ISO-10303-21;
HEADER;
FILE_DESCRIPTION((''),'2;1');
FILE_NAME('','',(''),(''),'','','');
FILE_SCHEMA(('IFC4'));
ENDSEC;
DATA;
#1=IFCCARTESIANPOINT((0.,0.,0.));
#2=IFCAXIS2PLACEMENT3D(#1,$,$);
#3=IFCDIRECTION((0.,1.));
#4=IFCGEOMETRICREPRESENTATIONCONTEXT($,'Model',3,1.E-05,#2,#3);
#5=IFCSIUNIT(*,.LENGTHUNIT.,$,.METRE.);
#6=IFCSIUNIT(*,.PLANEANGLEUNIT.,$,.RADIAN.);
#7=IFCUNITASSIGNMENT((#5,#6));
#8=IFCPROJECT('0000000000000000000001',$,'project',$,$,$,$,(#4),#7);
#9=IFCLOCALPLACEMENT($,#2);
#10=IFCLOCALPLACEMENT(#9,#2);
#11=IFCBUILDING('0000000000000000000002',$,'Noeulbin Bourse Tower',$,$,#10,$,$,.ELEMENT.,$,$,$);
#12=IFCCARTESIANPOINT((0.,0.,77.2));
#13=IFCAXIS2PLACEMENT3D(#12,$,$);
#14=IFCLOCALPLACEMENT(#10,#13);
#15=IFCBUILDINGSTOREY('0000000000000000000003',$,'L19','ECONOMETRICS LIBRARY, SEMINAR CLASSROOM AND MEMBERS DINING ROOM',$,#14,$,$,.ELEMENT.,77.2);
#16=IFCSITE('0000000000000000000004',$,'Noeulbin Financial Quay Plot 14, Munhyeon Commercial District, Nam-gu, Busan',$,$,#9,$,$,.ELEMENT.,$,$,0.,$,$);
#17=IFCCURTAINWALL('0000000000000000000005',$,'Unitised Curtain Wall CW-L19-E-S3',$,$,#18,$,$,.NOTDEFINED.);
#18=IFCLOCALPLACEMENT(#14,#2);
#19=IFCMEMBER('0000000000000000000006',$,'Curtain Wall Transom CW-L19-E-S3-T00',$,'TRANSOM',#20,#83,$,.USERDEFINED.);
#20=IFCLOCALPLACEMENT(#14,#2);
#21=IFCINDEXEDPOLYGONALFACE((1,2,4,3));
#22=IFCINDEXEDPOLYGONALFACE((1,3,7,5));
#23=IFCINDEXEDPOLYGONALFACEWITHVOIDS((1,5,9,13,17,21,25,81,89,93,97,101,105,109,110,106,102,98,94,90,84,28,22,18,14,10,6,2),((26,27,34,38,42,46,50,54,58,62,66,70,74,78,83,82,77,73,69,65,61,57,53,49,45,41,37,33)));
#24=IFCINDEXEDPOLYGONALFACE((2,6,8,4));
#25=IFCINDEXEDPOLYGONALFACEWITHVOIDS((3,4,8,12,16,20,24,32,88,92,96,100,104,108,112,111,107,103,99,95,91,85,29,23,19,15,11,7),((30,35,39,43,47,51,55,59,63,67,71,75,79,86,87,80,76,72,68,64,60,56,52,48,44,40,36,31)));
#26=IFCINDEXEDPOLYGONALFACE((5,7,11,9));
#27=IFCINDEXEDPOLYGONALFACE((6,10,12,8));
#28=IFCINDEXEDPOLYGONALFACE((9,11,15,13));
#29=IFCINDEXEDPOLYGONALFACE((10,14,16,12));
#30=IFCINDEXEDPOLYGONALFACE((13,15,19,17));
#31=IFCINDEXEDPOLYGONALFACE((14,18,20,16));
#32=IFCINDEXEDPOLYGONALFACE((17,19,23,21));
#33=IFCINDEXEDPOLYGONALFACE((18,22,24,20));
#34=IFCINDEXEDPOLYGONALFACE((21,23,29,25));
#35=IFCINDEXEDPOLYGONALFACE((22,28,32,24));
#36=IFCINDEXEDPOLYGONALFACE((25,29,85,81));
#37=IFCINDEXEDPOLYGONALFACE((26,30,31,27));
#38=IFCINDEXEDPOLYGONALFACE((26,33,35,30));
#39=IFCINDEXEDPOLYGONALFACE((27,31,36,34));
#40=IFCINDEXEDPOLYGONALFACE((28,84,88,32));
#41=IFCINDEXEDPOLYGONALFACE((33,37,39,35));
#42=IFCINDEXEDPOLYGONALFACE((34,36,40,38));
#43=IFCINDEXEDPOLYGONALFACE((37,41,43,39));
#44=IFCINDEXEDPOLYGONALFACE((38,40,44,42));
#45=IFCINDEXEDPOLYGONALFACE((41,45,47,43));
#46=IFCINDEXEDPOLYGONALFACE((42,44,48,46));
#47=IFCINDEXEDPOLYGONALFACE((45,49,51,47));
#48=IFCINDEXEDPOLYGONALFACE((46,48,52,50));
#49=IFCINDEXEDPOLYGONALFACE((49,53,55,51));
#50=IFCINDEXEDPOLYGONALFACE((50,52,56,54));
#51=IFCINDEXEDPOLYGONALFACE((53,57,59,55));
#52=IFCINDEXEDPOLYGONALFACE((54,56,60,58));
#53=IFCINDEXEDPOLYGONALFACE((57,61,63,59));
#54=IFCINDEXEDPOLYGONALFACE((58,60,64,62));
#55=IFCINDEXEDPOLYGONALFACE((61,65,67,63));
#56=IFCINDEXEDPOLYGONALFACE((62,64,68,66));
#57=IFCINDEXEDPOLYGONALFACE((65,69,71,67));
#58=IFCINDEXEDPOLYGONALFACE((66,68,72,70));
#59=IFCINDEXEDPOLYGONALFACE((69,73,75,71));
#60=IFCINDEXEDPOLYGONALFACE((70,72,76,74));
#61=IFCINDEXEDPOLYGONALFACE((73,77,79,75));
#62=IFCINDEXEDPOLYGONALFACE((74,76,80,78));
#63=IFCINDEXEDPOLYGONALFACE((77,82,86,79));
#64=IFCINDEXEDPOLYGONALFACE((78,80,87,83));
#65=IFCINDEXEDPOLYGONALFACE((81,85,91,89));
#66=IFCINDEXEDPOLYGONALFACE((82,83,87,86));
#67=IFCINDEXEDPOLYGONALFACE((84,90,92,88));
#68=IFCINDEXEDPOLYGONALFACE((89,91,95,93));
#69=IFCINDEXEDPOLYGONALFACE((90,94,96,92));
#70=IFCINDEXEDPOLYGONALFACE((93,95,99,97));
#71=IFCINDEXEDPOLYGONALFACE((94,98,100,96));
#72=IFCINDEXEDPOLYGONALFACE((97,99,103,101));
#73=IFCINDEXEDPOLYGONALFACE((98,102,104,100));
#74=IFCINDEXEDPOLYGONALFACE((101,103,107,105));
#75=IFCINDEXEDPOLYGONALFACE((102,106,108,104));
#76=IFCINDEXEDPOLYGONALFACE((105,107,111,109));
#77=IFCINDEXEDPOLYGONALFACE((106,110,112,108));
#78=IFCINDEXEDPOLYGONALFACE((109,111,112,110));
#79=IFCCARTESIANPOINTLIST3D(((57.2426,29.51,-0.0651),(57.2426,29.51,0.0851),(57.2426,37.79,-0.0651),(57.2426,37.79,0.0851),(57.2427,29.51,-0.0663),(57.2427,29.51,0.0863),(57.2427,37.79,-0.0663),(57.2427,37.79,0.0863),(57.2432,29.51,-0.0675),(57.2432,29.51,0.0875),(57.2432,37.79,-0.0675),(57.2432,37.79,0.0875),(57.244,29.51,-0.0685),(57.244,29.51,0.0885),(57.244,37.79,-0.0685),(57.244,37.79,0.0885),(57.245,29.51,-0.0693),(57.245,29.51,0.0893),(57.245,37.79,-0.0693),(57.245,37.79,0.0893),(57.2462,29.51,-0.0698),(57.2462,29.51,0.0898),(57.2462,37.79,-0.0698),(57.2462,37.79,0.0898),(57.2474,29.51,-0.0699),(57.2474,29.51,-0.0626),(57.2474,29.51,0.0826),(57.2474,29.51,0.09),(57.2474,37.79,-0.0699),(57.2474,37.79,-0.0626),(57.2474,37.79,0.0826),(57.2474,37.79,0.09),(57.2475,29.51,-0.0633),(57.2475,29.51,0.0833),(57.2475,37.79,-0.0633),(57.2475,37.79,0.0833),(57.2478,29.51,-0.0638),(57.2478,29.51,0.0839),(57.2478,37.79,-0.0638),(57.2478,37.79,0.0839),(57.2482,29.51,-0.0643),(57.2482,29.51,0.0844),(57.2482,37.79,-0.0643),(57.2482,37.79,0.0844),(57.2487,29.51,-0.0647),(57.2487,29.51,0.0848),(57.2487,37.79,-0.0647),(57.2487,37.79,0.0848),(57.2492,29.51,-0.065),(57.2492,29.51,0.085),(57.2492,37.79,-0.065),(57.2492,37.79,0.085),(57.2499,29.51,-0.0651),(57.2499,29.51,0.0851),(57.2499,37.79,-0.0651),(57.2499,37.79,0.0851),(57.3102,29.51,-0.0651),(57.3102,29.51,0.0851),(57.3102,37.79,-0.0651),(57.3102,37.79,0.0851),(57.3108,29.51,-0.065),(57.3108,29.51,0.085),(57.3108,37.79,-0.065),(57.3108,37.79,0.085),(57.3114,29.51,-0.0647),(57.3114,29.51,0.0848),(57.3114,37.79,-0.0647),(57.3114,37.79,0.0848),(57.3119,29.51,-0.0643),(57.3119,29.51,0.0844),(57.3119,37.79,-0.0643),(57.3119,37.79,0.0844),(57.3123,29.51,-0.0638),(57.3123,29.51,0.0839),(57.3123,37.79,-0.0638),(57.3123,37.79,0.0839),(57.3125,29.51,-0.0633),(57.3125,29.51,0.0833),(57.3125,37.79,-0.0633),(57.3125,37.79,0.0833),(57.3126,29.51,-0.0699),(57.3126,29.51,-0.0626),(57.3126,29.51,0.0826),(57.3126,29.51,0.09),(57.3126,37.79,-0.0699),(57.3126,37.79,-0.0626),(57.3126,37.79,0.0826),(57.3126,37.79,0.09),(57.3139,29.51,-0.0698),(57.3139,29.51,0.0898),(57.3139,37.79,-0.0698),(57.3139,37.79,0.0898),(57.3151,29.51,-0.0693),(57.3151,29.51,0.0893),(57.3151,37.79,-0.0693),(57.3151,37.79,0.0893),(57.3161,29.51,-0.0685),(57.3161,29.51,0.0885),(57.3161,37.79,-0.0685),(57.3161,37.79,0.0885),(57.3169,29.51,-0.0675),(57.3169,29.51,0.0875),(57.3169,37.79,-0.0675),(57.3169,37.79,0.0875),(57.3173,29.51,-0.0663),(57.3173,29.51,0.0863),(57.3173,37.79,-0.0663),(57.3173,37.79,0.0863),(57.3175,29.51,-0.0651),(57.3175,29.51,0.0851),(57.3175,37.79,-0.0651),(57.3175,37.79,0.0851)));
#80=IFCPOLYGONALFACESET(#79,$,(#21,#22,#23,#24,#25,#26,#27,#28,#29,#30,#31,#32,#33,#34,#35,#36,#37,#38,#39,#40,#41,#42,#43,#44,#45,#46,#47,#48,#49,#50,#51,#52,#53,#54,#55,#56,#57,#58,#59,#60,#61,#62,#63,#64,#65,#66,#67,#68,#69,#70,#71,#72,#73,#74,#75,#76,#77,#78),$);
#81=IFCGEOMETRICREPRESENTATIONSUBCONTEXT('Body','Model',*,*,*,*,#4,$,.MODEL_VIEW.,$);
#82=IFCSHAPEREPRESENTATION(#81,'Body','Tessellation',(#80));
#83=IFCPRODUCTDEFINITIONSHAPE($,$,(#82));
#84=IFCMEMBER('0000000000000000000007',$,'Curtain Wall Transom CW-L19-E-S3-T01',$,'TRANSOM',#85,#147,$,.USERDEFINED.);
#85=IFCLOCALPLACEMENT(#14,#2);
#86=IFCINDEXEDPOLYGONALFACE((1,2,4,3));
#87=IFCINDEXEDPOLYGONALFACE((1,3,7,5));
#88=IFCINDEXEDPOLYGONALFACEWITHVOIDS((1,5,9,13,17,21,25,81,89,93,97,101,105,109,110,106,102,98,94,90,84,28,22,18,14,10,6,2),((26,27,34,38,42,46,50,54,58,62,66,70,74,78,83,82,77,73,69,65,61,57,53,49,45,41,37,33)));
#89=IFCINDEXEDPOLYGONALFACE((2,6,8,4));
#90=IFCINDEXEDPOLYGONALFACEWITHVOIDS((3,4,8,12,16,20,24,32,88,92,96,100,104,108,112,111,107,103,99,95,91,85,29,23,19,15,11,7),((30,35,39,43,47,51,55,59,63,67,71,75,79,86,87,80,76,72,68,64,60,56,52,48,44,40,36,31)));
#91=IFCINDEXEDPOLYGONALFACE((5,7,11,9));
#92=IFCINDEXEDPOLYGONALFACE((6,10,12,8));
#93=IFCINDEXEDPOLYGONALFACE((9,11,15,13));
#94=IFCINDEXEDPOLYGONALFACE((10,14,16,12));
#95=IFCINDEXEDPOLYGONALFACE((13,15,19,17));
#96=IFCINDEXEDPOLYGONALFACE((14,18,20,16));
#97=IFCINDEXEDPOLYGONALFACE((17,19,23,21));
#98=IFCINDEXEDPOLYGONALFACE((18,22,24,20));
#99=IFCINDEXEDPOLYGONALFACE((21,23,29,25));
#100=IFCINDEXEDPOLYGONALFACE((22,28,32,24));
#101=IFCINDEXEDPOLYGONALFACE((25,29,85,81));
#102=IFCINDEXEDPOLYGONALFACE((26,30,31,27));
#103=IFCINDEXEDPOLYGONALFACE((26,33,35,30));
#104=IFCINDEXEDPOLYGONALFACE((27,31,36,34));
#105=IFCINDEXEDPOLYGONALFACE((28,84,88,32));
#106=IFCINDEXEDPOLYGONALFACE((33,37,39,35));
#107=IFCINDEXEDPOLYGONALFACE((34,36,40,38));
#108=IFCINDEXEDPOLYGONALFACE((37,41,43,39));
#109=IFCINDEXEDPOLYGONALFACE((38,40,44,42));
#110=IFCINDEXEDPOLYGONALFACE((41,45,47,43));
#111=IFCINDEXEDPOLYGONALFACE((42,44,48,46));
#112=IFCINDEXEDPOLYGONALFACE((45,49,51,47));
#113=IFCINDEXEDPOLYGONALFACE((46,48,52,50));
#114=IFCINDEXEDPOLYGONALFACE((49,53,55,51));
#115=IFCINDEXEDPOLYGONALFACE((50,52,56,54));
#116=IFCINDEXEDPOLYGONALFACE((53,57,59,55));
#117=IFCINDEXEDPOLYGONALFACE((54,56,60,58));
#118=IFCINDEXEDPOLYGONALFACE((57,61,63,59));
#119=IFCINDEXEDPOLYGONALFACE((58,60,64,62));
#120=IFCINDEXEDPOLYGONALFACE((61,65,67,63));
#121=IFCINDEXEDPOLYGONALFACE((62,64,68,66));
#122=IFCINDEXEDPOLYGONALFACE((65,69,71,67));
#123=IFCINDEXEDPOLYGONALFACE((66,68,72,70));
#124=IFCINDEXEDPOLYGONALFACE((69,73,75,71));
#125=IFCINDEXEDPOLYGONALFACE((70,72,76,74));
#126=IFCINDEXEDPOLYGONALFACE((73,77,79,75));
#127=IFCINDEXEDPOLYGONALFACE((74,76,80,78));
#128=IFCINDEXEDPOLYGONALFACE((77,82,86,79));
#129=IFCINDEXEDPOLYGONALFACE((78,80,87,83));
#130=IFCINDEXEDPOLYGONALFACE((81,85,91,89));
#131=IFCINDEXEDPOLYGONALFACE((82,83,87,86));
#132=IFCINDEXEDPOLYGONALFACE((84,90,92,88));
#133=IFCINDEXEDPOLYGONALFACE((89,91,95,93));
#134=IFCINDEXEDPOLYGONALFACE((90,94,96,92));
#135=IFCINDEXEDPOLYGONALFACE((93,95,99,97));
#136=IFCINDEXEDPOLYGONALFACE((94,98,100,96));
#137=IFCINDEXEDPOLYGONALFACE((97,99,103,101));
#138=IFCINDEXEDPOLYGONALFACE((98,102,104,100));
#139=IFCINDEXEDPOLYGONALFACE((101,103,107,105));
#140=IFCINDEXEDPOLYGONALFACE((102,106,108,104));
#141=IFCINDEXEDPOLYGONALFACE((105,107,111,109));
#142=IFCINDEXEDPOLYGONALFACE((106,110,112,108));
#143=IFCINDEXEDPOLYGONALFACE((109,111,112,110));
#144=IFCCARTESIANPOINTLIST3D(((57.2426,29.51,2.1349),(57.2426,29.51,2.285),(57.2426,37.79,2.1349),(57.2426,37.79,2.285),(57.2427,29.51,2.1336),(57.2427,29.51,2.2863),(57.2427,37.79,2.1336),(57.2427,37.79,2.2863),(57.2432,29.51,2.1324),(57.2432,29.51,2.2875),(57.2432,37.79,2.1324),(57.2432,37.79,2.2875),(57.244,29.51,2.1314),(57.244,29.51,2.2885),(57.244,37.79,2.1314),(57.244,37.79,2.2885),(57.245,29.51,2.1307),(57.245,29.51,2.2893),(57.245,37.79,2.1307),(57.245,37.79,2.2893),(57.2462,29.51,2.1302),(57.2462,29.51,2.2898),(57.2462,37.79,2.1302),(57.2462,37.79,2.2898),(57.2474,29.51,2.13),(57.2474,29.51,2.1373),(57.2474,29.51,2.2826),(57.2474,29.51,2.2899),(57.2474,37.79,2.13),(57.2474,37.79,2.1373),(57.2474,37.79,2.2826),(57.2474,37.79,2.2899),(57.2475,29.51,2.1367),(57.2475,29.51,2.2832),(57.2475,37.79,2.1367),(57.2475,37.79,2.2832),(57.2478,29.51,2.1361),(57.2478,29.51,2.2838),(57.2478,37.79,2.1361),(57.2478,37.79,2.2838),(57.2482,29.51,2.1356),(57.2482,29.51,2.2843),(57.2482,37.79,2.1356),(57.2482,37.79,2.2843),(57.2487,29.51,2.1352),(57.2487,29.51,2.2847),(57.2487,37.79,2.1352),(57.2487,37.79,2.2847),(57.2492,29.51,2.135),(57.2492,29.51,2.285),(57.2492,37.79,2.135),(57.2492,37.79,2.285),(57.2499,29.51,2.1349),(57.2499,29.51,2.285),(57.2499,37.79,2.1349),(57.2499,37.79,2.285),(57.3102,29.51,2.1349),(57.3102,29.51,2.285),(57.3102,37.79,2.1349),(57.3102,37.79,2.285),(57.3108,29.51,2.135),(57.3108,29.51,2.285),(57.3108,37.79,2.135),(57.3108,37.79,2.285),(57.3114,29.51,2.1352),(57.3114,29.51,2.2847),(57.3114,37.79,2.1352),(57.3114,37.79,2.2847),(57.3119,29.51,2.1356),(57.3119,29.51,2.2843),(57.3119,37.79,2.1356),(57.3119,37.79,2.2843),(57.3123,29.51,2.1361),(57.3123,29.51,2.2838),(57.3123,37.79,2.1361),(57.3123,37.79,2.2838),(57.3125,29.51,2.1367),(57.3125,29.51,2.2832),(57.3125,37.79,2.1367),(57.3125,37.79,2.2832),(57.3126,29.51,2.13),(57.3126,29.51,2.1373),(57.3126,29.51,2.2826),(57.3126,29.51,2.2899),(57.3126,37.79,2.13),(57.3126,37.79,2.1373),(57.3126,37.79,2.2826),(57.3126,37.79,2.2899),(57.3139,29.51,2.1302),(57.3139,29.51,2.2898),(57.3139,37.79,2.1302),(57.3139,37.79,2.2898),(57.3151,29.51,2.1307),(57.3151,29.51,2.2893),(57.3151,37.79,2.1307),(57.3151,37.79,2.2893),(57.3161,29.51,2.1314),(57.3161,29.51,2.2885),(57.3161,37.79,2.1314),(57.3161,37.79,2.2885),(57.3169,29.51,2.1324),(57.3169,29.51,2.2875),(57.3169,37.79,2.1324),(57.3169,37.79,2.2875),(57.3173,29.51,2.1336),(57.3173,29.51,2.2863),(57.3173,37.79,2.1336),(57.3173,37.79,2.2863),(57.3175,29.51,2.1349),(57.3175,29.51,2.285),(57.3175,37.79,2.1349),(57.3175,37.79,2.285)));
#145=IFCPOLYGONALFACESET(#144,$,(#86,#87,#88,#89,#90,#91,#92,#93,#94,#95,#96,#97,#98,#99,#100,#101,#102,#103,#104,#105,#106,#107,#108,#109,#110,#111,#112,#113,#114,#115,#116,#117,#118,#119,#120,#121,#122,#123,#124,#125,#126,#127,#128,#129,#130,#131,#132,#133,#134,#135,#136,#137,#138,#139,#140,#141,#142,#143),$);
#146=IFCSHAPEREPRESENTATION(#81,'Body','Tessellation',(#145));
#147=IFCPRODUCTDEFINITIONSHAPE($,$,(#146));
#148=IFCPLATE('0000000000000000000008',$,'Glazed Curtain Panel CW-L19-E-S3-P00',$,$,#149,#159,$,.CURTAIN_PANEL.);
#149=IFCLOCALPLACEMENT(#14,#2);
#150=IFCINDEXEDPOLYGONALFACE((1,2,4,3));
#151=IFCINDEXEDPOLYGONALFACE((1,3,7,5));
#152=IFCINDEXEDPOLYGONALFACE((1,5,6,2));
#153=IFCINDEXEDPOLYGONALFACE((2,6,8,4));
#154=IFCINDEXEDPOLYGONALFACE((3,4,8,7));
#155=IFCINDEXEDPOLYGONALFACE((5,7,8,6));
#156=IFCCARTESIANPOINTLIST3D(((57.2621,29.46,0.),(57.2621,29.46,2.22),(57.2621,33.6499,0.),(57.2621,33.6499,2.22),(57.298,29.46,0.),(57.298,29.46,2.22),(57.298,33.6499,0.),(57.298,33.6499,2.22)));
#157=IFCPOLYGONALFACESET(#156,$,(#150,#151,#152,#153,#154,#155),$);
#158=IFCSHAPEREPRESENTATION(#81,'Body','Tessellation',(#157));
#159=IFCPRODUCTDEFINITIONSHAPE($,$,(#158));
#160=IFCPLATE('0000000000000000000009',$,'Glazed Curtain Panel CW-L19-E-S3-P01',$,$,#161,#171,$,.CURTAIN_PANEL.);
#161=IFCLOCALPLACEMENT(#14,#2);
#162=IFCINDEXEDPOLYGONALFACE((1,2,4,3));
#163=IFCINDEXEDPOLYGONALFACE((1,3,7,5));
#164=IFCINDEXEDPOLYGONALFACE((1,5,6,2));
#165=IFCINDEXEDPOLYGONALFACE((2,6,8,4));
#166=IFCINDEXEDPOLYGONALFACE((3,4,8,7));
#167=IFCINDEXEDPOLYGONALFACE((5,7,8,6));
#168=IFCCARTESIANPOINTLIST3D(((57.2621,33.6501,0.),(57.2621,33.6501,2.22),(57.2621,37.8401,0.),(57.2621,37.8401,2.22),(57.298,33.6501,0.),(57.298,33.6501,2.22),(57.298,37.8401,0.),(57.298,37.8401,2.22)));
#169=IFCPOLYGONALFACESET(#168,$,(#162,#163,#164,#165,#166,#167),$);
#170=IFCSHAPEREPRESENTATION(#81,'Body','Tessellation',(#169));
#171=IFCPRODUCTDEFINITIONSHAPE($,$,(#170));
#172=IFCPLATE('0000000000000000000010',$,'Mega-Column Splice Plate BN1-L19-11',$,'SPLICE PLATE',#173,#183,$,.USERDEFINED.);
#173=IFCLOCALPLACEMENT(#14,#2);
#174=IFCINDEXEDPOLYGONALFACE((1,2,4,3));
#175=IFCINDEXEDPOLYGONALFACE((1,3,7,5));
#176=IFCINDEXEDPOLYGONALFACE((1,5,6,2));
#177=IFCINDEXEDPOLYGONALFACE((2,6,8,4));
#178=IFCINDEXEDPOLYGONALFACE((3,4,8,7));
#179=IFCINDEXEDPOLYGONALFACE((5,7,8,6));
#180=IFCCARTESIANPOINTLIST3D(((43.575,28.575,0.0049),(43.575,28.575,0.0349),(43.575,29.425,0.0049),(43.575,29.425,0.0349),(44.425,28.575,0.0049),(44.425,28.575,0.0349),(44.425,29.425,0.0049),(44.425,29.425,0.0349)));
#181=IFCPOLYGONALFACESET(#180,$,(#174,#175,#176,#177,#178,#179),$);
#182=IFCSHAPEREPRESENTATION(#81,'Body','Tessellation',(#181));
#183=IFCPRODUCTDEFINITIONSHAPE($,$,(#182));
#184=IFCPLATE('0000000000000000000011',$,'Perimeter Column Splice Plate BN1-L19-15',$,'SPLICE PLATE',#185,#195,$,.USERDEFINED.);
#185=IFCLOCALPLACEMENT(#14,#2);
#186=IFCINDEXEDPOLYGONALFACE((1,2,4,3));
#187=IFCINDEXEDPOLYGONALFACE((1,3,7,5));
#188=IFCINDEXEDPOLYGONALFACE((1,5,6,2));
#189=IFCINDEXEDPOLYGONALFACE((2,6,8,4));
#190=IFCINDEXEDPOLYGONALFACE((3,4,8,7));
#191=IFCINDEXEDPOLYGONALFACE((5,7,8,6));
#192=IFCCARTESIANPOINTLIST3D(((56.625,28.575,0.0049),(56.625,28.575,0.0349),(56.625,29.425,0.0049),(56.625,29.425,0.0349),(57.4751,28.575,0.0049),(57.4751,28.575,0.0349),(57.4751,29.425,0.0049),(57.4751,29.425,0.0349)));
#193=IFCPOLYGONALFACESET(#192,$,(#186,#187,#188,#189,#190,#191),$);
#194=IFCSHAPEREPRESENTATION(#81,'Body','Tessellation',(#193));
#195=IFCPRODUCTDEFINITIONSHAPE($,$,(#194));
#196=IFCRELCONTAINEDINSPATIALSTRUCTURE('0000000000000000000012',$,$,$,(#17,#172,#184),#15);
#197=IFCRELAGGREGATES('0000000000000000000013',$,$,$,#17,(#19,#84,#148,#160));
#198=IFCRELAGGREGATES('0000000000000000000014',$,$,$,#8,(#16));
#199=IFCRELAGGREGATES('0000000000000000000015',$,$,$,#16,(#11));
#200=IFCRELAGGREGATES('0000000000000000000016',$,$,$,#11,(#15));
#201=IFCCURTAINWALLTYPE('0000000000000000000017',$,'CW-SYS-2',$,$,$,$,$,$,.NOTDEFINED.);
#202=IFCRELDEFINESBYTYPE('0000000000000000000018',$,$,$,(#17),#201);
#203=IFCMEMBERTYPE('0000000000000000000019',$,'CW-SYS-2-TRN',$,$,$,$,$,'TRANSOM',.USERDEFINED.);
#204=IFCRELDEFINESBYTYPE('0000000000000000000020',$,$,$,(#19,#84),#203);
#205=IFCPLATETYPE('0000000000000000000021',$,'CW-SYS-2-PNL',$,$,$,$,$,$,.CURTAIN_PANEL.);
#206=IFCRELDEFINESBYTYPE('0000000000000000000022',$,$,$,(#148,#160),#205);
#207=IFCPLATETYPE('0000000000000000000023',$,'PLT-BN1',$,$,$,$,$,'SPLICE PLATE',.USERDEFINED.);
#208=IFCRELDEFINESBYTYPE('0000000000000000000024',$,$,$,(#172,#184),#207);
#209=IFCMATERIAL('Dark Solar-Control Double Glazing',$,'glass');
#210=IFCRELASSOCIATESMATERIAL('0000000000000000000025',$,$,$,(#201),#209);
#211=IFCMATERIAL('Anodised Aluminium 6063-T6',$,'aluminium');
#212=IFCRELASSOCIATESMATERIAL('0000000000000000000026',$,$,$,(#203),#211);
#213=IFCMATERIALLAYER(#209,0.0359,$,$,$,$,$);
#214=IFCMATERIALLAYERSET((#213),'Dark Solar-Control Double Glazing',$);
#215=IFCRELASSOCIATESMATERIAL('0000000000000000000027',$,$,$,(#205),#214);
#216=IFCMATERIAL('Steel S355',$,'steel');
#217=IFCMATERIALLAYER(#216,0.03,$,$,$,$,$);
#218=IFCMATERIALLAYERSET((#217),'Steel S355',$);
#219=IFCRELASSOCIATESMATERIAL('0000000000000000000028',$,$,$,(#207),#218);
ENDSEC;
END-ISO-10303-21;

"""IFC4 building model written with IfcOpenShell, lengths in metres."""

from ifc_helpers import new_model, si_unit, direction, frame, origin, origin_2d, place, context, subcontext, project, spatial, rectangle, hollow_rectangle, extrude, material, layer, layer_set, material_profile, profile_set, type_object, element, aggregate, save


model = new_model("IFC4")

# Units and contexts
model_context = context("Model", 3, precision=1e-05, world=origin(), true_north=direction((0.0, 1.0)))
body_context = subcontext(model_context, "Body", "Model", "MODEL_VIEW")
ifc_project = project(units=[si_unit("LENGTHUNIT", "METRE"), si_unit("PLANEANGLEUNIT", "RADIAN")], contexts=[model_context])

# Site, building, storey
site_placement = place(None, origin())
site = spatial("IfcSite", under=ifc_project, at=site_placement, Name="Noeulbin Financial Quay Plot 14, Munhyeon Commercial District, Nam-gu, Busan", CompositionType="ELEMENT", RefElevation=0.0)
building_placement = place(site_placement, origin())
building = spatial("IfcBuilding", under=site, at=building_placement, Name="Noeulbin Bourse Tower", CompositionType="ELEMENT")
storey_placement = place(building_placement, frame((0.0, 0.0, 77.2)))
storey = spatial("IfcBuildingStorey", under=building, at=storey_placement, Name="L19", Description="ECONOMETRICS LIBRARY, SEMINAR CLASSROOM AND MEMBERS DINING ROOM", CompositionType="ELEMENT", Elevation=77.2)

# Shared definitions
ifc_material_1 = material(Name="Steel S355", Category="steel")

# Shared definitions
ifc_material_2 = material(Name="Dark Solar-Control Double Glazing", Category="glass")
curtain_wall_type = type_object("IfcCurtainWallType", Name="CW-SYS-2", PredefinedType="NOTDEFINED", material=ifc_material_2)
ifc_material_3 = material(Name="Anodised Aluminium 6063-T6", Category="aluminium")

# Curtain wall, members, plates
curtain_wall_1_placement = place(storey_placement, origin())
curtain_wall_1 = element("IfcCurtainWall", 1, at=curtain_wall_1_placement, inside=storey, type_object=curtain_wall_type, Name="Unitised Curtain Wall CW-L19-E-S3", PredefinedType="NOTDEFINED")
ifc_material_profile_1 = material_profile(ifc_material_3, hollow_rectangle(XDim=0.075, YDim=0.1599, WallThickness=0.0049, InnerFilletRadius=0.0024, OuterFilletRadius=0.0049, at=origin_2d()), Name="ALU-TRAN-75x160x5", Category="LoadBearing")
ifc_profile_set_1 = profile_set([ifc_material_profile_1], Name="Anodised Aluminium 6063-T6")
member_type_1 = type_object("IfcMemberType", Name="CW-SYS-2-TRN", ElementType="TRANSOM", PredefinedType="USERDEFINED", material=ifc_profile_set_1)
member_1_placement = place(storey_placement, frame((57.28, 29.51, 0.01), z_axis=(0.0, 1.0, 0.0), x_axis=(-1.0, 0.0, 0.0)))
member_1 = element("IfcMember", 2, at=member_1_placement, type_object=member_type_1, Name="Curtain Wall Transom CW-L19-E-S3-T00", ObjectType="TRANSOM", PredefinedType="USERDEFINED", context=body_context, shape_type="SweptSolid", body=[
    extrude(hollow_rectangle(XDim=0.075, YDim=0.1599, WallThickness=0.0049, InnerFilletRadius=0.0024, OuterFilletRadius=0.0049, at=origin_2d()), origin(), (0.0, 0.0, 1.0), 8.28),
])
member_2_placement = place(storey_placement, frame((57.28, 29.51, 2.21), z_axis=(0.0, 1.0, 0.0), x_axis=(-1.0, 0.0, 0.0)))
member_2 = element("IfcMember", 3, at=member_2_placement, type_object=member_type_1, Name="Curtain Wall Transom CW-L19-E-S3-T01", ObjectType="TRANSOM", PredefinedType="USERDEFINED", context=body_context, shape_type="SweptSolid", body=[
    extrude(hollow_rectangle(XDim=0.075, YDim=0.1599, WallThickness=0.0049, InnerFilletRadius=0.0024, OuterFilletRadius=0.0049, at=origin_2d()), origin(), (0.0, 0.0, 1.0), 8.28),
])
ifc_layer_1 = layer(ifc_material_2, 0.0359)
ifc_layer_set_1 = layer_set([ifc_layer_1], Name="Dark Solar-Control Double Glazing")
plate_type_1 = type_object("IfcPlateType", Name="CW-SYS-2-PNL", PredefinedType="CURTAIN_PANEL", material=ifc_layer_set_1)
plate_1_placement = place(storey_placement, frame((57.28, 31.5549, 0.0), z_axis=(0.0, 0.0, 1.0), x_axis=(0.0, 1.0, 0.0)))
plate_1 = element("IfcPlate", 4, at=plate_1_placement, type_object=plate_type_1, Name="Glazed Curtain Panel CW-L19-E-S3-P00", PredefinedType="CURTAIN_PANEL", context=body_context, shape_type="SweptSolid", body=[
    extrude(rectangle(XDim=4.1899, YDim=0.0359, at=origin_2d()), origin(), (0.0, 0.0, 1.0), 2.22),
])
plate_2_placement = place(storey_placement, frame((57.28, 35.7451, 0.0), z_axis=(0.0, 0.0, 1.0), x_axis=(0.0, 1.0, 0.0)))
plate_2 = element("IfcPlate", 5, at=plate_2_placement, type_object=plate_type_1, Name="Glazed Curtain Panel CW-L19-E-S3-P01", PredefinedType="CURTAIN_PANEL", context=body_context, shape_type="SweptSolid", body=[
    extrude(rectangle(XDim=4.1899, YDim=0.0359, at=origin_2d()), origin(), (0.0, 0.0, 1.0), 2.22),
])
aggregate(curtain_wall_1, [member_1, member_2, plate_1, plate_2])

# Plates
ifc_layer_2 = layer(ifc_material_1, 0.03)
ifc_layer_set_2 = layer_set([ifc_layer_2], Name="Steel S355")
plate_type_2 = type_object("IfcPlateType", Name="PLT-BN1", ElementType="SPLICE PLATE", PredefinedType="USERDEFINED", material=ifc_layer_set_2)
for number, where, z_axis, x_axis, name in (
    (6, (44.0, 29.0, 0.0049), (0.0, 0.0, 1.0), (1.0, 0.0, 0.0), "Mega-Column Splice Plate BN1-L19-11"),
    (7, (57.05, 29.0, 0.0049), (0.0, 0.0, 1.0), (1.0, 0.0, 0.0), "Perimeter Column Splice Plate BN1-L19-15"),
):
    element("IfcPlate", number, at=place(storey_placement, frame(where, z_axis=z_axis, x_axis=x_axis)), inside=storey, type_object=plate_type_2, Name=name, ObjectType="SPLICE PLATE", PredefinedType="USERDEFINED", context=body_context, shape_type="SweptSolid", body=[
        extrude(rectangle(XDim=0.8501, YDim=0.8501, at=origin_2d()), origin(), (0.0, 0.0, 1.0), 0.03),
    ])

save(model, "model.ifc")
